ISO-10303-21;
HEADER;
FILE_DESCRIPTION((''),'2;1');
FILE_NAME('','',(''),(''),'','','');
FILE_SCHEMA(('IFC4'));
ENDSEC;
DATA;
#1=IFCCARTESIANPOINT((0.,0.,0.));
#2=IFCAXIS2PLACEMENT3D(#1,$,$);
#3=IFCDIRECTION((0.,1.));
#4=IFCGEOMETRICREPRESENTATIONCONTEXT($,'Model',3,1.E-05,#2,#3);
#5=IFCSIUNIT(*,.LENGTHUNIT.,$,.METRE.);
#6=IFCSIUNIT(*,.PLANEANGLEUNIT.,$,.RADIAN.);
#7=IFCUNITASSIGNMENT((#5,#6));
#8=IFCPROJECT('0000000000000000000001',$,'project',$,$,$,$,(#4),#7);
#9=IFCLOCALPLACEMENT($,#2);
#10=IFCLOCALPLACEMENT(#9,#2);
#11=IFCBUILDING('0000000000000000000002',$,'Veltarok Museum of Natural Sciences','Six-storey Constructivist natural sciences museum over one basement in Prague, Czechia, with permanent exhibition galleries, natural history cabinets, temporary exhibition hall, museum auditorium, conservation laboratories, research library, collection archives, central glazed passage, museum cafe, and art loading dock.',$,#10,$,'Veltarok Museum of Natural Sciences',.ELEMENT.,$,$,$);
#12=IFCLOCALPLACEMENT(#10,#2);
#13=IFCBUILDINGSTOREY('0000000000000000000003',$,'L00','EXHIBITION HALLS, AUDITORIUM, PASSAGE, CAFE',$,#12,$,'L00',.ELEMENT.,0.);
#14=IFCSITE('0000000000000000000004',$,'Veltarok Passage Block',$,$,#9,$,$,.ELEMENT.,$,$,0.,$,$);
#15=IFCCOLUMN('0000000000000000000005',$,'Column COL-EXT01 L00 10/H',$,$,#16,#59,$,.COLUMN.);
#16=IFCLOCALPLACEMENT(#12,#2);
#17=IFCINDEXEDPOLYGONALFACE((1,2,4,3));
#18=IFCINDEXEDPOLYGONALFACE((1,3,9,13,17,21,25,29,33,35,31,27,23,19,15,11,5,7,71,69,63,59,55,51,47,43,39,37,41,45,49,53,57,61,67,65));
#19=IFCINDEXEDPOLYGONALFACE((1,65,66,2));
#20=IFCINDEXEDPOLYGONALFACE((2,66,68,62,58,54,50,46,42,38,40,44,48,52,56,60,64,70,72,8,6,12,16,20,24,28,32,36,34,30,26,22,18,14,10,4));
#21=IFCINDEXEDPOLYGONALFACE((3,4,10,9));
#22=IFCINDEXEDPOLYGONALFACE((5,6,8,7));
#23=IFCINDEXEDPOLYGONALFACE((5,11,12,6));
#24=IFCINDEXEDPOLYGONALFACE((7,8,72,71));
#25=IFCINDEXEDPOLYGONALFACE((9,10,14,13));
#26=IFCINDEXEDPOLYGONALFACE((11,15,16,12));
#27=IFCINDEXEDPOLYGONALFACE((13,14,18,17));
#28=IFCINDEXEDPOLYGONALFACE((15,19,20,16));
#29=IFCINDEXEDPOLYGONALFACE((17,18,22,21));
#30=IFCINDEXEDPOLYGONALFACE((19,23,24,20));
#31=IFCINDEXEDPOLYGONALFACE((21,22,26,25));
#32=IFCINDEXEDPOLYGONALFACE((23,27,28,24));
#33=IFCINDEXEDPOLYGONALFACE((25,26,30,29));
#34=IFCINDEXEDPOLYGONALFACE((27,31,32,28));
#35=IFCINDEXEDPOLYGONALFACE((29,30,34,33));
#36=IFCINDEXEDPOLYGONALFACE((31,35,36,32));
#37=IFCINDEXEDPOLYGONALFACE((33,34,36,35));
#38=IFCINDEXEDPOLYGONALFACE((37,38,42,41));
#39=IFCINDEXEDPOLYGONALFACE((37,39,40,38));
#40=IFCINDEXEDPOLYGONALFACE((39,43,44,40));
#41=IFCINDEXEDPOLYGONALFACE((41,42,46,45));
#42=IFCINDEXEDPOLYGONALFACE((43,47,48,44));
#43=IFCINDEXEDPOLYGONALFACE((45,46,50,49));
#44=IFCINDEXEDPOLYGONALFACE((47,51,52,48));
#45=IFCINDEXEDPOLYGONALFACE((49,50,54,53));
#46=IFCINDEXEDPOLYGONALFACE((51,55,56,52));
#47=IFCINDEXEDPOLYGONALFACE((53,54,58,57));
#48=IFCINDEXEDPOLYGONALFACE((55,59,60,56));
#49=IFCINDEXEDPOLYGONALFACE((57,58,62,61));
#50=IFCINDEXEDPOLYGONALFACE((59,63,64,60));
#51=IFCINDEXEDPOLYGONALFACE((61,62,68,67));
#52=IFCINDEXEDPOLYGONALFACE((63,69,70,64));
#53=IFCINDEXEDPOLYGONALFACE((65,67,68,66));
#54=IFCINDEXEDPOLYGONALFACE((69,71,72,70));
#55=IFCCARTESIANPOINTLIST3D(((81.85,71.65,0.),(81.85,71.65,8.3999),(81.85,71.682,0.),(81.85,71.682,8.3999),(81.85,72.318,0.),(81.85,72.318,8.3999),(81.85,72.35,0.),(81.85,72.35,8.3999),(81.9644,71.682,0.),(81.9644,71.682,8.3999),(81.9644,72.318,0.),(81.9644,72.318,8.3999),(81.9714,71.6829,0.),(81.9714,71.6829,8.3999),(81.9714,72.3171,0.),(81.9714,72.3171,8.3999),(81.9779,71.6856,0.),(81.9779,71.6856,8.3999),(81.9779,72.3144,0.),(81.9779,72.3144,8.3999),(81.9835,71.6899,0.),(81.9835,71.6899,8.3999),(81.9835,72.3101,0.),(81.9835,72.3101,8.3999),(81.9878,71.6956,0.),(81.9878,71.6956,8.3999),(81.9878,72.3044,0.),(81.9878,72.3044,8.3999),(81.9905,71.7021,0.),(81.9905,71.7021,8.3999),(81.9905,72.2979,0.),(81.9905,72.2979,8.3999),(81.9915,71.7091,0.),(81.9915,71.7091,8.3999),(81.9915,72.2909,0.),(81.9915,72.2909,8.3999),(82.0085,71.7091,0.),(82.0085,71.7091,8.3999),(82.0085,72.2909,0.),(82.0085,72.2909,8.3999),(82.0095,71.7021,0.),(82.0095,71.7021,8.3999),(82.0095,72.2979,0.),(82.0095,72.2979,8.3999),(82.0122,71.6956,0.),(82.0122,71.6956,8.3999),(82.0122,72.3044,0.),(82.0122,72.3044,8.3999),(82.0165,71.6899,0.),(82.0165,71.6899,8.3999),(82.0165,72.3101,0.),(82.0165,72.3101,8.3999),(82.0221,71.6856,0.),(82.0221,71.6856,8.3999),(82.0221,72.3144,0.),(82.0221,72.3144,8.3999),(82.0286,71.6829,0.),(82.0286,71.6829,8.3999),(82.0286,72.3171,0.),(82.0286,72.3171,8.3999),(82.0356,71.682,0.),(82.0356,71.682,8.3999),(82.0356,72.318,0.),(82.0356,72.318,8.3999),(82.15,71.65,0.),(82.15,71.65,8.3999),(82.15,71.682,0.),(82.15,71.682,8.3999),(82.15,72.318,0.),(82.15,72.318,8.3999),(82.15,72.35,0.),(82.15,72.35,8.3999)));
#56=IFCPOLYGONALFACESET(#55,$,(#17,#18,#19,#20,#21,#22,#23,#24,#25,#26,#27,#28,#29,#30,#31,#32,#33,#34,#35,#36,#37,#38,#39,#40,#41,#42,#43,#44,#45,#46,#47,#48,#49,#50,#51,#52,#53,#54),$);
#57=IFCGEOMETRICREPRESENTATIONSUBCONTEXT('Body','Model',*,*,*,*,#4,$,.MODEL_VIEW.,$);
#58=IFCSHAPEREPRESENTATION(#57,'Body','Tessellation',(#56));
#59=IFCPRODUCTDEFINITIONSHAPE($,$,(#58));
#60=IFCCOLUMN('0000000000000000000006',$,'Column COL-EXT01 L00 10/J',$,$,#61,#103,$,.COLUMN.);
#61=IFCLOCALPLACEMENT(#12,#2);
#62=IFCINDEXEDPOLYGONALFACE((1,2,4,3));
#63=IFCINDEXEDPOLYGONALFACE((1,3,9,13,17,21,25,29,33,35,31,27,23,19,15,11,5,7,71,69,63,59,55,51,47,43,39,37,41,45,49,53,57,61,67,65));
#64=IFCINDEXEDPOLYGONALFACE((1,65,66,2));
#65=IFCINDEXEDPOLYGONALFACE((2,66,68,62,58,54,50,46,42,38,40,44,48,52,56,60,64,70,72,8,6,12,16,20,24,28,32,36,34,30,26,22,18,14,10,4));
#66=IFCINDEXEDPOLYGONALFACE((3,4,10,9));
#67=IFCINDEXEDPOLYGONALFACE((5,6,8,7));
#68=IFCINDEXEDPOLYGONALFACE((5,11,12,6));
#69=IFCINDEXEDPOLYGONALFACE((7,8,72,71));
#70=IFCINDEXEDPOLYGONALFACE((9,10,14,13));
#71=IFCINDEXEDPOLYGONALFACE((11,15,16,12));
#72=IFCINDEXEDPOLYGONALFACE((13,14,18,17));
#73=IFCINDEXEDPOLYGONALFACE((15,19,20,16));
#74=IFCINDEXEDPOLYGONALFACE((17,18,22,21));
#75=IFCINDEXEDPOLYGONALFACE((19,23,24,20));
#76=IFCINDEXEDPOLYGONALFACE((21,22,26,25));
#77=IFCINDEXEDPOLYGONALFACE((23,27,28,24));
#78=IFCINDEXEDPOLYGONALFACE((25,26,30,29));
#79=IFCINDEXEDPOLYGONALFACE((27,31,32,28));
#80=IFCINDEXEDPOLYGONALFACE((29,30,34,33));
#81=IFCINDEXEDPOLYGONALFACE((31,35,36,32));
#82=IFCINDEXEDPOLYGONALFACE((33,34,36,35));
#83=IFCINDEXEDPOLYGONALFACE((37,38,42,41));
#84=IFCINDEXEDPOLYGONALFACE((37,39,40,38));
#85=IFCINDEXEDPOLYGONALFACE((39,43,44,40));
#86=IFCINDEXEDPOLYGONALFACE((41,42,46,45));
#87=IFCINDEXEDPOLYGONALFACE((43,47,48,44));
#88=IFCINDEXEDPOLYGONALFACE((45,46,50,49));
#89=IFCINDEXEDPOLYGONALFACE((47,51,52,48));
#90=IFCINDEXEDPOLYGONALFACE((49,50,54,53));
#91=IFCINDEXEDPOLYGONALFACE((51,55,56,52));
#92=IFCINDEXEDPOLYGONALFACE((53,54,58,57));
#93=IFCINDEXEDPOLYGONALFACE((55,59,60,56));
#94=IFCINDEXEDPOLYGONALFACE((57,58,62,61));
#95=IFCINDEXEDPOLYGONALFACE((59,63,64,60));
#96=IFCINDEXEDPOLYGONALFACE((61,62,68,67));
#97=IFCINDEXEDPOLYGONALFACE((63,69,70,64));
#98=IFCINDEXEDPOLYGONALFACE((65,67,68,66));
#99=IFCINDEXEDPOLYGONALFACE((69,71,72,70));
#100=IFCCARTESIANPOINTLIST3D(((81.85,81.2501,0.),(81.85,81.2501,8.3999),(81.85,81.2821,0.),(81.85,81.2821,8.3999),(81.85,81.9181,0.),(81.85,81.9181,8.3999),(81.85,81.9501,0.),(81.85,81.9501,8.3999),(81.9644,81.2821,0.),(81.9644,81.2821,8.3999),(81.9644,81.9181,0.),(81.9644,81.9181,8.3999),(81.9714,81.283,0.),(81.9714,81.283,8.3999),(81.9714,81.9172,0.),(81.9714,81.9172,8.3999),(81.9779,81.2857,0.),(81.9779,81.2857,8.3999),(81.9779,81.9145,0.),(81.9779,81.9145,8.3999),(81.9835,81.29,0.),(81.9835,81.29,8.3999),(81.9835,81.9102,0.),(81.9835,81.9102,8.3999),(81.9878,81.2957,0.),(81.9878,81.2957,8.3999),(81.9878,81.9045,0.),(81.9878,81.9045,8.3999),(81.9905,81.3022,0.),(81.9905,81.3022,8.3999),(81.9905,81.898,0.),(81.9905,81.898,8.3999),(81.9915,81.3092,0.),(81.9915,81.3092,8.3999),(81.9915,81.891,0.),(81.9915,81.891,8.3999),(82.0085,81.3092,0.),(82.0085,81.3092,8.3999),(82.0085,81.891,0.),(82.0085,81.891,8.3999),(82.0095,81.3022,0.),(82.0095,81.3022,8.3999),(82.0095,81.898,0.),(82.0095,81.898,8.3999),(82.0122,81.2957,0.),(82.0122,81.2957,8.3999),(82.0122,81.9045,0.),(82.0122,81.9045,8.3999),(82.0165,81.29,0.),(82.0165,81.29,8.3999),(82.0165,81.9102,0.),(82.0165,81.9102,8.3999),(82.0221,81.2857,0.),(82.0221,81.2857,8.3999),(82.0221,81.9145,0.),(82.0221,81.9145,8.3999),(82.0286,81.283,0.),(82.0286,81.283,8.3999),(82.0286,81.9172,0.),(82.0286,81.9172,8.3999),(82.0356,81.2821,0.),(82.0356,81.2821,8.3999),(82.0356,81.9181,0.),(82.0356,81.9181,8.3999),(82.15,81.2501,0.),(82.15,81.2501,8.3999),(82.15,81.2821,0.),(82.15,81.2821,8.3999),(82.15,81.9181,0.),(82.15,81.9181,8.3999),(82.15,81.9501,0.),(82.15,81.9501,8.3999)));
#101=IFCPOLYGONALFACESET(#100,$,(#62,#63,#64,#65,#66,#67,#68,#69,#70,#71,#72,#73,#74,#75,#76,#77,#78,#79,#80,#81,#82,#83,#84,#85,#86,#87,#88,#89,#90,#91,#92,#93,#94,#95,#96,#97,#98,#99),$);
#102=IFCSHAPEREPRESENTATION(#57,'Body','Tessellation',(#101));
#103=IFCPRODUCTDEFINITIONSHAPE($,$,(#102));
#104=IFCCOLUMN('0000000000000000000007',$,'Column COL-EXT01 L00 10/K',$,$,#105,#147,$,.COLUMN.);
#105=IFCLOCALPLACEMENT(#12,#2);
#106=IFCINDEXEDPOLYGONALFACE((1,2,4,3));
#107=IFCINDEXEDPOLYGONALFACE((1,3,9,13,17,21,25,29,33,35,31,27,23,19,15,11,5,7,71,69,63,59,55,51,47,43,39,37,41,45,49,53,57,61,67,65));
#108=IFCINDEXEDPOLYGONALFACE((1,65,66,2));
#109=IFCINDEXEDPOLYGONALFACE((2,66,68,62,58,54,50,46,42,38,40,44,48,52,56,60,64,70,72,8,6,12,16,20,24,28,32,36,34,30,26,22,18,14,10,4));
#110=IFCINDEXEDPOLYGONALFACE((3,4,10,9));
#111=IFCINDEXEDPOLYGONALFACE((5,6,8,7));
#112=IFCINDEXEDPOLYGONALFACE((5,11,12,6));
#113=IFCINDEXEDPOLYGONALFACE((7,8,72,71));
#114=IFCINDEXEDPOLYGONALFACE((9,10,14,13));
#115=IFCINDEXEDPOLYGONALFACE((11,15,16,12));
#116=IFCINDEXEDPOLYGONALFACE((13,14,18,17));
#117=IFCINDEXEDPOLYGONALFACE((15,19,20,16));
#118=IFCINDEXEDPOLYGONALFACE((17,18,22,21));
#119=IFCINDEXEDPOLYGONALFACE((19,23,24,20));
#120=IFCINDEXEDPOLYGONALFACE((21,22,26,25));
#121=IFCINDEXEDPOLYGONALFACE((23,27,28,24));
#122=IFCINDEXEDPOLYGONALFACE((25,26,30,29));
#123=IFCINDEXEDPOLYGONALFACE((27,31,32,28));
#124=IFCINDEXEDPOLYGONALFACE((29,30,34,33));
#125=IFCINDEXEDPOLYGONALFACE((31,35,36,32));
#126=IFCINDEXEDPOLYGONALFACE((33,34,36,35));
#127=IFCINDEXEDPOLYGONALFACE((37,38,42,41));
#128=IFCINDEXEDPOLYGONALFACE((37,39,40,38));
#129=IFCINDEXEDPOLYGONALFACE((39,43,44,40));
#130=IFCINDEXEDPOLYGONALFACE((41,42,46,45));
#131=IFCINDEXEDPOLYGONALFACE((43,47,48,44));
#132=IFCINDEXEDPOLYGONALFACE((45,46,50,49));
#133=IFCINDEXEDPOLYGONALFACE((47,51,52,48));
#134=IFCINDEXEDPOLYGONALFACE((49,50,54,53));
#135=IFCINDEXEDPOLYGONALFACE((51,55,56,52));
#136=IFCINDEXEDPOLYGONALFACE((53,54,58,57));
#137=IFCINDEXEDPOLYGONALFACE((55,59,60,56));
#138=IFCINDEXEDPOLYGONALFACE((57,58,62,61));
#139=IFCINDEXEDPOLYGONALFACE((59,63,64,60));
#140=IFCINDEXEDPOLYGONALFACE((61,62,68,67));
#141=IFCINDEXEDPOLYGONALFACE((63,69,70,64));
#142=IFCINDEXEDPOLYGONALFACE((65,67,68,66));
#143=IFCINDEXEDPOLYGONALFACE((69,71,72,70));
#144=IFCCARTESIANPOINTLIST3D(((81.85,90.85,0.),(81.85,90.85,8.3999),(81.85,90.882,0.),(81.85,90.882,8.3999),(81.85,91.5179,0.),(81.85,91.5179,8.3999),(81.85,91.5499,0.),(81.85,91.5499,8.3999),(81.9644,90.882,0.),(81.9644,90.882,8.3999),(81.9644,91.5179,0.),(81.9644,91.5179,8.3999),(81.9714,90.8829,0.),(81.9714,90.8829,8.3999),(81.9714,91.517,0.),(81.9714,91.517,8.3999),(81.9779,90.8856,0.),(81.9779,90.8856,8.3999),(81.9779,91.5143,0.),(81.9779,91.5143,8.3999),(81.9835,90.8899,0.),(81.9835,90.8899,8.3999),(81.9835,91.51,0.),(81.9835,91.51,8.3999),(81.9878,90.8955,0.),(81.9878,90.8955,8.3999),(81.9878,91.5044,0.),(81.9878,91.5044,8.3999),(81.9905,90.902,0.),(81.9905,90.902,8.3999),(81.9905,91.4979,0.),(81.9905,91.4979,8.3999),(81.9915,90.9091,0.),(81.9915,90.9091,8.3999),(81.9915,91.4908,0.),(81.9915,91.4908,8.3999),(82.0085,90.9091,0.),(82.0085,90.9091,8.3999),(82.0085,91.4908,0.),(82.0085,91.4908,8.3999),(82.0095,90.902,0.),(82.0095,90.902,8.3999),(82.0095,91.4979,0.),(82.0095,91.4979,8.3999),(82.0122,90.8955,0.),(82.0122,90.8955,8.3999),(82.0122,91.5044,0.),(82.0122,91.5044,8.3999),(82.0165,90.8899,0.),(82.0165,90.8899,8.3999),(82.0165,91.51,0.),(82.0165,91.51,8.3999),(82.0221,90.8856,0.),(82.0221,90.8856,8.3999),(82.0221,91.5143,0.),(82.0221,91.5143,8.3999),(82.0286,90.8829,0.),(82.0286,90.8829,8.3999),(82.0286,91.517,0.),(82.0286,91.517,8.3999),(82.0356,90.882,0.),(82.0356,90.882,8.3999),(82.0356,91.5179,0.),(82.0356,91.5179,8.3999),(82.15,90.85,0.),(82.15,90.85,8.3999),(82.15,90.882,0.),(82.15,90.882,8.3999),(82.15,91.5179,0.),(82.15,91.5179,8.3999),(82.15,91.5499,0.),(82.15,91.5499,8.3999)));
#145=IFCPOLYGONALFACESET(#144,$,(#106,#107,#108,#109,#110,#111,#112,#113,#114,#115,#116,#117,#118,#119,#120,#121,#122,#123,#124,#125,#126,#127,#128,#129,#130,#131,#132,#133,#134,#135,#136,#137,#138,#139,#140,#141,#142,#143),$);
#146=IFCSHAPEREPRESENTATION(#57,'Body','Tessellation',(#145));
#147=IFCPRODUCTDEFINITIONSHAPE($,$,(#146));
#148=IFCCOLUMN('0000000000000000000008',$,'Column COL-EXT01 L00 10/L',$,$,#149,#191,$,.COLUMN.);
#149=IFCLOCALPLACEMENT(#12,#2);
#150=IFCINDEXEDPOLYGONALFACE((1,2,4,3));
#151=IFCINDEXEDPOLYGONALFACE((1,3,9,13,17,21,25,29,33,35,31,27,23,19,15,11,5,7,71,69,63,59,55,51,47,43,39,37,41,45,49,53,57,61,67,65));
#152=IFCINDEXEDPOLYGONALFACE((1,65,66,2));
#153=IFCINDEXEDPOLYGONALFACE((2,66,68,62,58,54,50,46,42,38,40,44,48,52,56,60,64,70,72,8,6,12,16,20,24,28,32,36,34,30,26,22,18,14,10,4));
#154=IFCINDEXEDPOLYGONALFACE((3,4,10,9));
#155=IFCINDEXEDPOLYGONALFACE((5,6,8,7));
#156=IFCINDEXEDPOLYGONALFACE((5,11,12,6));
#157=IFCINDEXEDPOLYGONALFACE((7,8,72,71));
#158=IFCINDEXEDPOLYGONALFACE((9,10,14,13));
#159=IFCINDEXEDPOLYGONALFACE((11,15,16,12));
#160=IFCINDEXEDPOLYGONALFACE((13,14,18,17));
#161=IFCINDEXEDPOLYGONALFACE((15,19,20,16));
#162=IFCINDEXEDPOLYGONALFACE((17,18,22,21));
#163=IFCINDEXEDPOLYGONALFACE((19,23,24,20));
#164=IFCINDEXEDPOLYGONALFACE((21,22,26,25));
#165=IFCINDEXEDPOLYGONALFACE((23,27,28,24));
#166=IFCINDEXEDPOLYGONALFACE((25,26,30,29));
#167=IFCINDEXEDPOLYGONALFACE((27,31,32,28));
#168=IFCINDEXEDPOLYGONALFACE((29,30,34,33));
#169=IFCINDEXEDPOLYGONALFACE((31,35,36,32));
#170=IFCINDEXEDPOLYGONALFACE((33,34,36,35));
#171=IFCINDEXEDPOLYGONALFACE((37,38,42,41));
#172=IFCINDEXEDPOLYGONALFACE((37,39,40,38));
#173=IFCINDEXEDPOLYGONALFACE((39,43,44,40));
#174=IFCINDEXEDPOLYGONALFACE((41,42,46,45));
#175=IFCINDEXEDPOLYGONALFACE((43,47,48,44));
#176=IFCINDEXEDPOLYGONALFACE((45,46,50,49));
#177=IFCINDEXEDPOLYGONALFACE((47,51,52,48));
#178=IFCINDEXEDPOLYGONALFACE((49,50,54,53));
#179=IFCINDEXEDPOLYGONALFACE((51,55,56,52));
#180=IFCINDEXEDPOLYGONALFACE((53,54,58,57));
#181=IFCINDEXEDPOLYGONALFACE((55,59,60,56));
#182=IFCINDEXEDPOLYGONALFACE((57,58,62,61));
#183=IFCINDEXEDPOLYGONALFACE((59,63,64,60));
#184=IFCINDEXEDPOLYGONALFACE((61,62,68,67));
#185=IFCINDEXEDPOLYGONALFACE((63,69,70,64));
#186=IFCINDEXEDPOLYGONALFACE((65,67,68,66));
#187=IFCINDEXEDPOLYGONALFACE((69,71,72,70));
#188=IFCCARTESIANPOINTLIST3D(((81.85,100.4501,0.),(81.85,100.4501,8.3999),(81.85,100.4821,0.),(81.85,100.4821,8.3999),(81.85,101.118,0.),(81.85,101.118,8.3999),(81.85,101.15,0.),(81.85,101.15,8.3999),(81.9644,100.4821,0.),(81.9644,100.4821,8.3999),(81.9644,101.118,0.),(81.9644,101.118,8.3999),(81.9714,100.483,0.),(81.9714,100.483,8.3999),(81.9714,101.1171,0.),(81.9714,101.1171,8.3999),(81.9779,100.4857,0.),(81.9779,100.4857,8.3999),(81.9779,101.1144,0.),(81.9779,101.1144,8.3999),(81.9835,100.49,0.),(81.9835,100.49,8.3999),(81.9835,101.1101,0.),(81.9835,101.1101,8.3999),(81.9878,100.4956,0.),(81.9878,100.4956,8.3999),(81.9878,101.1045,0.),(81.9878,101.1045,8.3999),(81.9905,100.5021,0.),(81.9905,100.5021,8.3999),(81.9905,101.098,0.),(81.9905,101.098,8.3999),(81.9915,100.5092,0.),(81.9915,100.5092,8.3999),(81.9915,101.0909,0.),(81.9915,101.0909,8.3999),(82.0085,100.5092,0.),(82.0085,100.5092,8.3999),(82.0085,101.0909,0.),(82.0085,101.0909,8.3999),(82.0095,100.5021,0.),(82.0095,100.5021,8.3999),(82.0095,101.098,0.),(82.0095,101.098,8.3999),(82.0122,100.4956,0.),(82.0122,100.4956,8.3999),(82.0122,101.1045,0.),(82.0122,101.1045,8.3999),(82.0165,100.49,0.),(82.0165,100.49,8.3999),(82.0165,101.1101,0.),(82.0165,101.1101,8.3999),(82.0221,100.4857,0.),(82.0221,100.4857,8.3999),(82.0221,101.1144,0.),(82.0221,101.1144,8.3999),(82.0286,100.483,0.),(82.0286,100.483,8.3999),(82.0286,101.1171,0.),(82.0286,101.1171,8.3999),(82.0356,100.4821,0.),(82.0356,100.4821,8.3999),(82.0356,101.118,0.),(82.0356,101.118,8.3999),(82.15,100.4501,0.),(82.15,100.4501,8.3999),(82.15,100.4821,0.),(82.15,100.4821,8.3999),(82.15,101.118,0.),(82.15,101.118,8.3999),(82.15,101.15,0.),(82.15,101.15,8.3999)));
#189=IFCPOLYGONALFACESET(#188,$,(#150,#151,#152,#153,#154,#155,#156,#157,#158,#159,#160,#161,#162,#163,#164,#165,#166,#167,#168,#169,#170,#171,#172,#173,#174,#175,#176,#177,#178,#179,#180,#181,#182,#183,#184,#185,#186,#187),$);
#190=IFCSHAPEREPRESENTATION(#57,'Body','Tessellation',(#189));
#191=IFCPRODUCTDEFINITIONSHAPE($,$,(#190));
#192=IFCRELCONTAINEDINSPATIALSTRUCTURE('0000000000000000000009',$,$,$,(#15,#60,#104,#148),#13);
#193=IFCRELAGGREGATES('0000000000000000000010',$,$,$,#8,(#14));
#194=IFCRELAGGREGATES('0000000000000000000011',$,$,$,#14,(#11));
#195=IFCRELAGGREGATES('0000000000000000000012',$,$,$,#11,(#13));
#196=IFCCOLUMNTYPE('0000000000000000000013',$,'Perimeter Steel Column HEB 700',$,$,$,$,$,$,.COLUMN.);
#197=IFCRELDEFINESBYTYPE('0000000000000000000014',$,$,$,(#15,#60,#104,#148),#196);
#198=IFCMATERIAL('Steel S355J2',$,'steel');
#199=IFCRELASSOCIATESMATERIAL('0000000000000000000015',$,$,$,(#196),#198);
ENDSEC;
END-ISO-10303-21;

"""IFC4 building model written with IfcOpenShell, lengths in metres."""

from ifc_helpers import new_model, si_unit, direction, frame, origin, origin_2d, place, context, subcontext, project, spatial, i_section, extrude, material, material_profile, profile_set, type_object, element, save


model = new_model("IFC4")

# Units and contexts
model_context = context("Model", 3, precision=1e-05, world=origin(), true_north=direction((0.0, 1.0)))
body_context = subcontext(model_context, "Body", "Model", "MODEL_VIEW")
ifc_project = project(units=[si_unit("LENGTHUNIT", "METRE"), si_unit("PLANEANGLEUNIT", "RADIAN")], contexts=[model_context])

# Site, building, storey
site_placement = place(None, origin())
site = spatial("IfcSite", under=ifc_project, at=site_placement, Name="Veltarok Passage Block", CompositionType="ELEMENT", RefElevation=0.0)
building_placement = place(site_placement, origin())
building = spatial("IfcBuilding", under=site, at=building_placement, Name="Veltarok Museum of Natural Sciences", Description="Six-storey Constructivist natural sciences museum over one basement in Prague, Czechia, with permanent exhibition galleries, natural history cabinets, temporary exhibition hall, museum auditorium, conservation laboratories, research library, collection archives, central glazed passage, museum cafe, and art loading dock.", LongName="Veltarok Museum of Natural Sciences", CompositionType="ELEMENT")
storey_placement = place(building_placement, origin())
storey = spatial("IfcBuildingStorey", under=building, at=storey_placement, Name="L00", Description="EXHIBITION HALLS, AUDITORIUM, PASSAGE, CAFE", LongName="L00", CompositionType="ELEMENT", Elevation=0.0)

# Columns
ifc_material_1 = material(Name="Steel S355J2", Category="steel")
ifc_material_profile_1 = material_profile(ifc_material_1, i_section(OverallWidth=0.3, OverallDepth=0.7, WebThickness=0.0171, FlangeThickness=0.032, FilletRadius=0.0271, at=origin_2d()), Name="HEB 700")
ifc_profile_set_1 = profile_set([ifc_material_profile_1], Name="Steel S355J2")
column_type = type_object("IfcColumnType", Name="Perimeter Steel Column HEB 700", PredefinedType="COLUMN", material=ifc_profile_set_1)
for number, where, z_axis, x_axis, name in (
    (1, (82.0, 72.0, 0.0), (0.0, 0.0, 1.0), (1.0, 0.0, 0.0), "Column COL-EXT01 L00 10/H"),
    (2, (82.0, 81.6001, 0.0), (0.0, 0.0, 1.0), (1.0, 0.0, 0.0), "Column COL-EXT01 L00 10/J"),
    (3, (82.0, 91.2, 0.0), (0.0, 0.0, 1.0), (1.0, 0.0, 0.0), "Column COL-EXT01 L00 10/K"),
    (4, (82.0, 100.8, 0.0), (0.0, 0.0, 1.0), (1.0, 0.0, 0.0), "Column COL-EXT01 L00 10/L"),
):
    element("IfcColumn", number, at=place(storey_placement, frame(where, z_axis=z_axis, x_axis=x_axis)), inside=storey, type_object=column_type, Name=name, PredefinedType="COLUMN", context=body_context, shape_type="SweptSolid", body=[
        extrude(i_section(OverallWidth=0.3, OverallDepth=0.7, WebThickness=0.0171, FlangeThickness=0.032, FilletRadius=0.0271, at=origin_2d()), origin(), (0.0, 0.0, 1.0), 8.3999),
    ])

save(model, "model.ifc")
